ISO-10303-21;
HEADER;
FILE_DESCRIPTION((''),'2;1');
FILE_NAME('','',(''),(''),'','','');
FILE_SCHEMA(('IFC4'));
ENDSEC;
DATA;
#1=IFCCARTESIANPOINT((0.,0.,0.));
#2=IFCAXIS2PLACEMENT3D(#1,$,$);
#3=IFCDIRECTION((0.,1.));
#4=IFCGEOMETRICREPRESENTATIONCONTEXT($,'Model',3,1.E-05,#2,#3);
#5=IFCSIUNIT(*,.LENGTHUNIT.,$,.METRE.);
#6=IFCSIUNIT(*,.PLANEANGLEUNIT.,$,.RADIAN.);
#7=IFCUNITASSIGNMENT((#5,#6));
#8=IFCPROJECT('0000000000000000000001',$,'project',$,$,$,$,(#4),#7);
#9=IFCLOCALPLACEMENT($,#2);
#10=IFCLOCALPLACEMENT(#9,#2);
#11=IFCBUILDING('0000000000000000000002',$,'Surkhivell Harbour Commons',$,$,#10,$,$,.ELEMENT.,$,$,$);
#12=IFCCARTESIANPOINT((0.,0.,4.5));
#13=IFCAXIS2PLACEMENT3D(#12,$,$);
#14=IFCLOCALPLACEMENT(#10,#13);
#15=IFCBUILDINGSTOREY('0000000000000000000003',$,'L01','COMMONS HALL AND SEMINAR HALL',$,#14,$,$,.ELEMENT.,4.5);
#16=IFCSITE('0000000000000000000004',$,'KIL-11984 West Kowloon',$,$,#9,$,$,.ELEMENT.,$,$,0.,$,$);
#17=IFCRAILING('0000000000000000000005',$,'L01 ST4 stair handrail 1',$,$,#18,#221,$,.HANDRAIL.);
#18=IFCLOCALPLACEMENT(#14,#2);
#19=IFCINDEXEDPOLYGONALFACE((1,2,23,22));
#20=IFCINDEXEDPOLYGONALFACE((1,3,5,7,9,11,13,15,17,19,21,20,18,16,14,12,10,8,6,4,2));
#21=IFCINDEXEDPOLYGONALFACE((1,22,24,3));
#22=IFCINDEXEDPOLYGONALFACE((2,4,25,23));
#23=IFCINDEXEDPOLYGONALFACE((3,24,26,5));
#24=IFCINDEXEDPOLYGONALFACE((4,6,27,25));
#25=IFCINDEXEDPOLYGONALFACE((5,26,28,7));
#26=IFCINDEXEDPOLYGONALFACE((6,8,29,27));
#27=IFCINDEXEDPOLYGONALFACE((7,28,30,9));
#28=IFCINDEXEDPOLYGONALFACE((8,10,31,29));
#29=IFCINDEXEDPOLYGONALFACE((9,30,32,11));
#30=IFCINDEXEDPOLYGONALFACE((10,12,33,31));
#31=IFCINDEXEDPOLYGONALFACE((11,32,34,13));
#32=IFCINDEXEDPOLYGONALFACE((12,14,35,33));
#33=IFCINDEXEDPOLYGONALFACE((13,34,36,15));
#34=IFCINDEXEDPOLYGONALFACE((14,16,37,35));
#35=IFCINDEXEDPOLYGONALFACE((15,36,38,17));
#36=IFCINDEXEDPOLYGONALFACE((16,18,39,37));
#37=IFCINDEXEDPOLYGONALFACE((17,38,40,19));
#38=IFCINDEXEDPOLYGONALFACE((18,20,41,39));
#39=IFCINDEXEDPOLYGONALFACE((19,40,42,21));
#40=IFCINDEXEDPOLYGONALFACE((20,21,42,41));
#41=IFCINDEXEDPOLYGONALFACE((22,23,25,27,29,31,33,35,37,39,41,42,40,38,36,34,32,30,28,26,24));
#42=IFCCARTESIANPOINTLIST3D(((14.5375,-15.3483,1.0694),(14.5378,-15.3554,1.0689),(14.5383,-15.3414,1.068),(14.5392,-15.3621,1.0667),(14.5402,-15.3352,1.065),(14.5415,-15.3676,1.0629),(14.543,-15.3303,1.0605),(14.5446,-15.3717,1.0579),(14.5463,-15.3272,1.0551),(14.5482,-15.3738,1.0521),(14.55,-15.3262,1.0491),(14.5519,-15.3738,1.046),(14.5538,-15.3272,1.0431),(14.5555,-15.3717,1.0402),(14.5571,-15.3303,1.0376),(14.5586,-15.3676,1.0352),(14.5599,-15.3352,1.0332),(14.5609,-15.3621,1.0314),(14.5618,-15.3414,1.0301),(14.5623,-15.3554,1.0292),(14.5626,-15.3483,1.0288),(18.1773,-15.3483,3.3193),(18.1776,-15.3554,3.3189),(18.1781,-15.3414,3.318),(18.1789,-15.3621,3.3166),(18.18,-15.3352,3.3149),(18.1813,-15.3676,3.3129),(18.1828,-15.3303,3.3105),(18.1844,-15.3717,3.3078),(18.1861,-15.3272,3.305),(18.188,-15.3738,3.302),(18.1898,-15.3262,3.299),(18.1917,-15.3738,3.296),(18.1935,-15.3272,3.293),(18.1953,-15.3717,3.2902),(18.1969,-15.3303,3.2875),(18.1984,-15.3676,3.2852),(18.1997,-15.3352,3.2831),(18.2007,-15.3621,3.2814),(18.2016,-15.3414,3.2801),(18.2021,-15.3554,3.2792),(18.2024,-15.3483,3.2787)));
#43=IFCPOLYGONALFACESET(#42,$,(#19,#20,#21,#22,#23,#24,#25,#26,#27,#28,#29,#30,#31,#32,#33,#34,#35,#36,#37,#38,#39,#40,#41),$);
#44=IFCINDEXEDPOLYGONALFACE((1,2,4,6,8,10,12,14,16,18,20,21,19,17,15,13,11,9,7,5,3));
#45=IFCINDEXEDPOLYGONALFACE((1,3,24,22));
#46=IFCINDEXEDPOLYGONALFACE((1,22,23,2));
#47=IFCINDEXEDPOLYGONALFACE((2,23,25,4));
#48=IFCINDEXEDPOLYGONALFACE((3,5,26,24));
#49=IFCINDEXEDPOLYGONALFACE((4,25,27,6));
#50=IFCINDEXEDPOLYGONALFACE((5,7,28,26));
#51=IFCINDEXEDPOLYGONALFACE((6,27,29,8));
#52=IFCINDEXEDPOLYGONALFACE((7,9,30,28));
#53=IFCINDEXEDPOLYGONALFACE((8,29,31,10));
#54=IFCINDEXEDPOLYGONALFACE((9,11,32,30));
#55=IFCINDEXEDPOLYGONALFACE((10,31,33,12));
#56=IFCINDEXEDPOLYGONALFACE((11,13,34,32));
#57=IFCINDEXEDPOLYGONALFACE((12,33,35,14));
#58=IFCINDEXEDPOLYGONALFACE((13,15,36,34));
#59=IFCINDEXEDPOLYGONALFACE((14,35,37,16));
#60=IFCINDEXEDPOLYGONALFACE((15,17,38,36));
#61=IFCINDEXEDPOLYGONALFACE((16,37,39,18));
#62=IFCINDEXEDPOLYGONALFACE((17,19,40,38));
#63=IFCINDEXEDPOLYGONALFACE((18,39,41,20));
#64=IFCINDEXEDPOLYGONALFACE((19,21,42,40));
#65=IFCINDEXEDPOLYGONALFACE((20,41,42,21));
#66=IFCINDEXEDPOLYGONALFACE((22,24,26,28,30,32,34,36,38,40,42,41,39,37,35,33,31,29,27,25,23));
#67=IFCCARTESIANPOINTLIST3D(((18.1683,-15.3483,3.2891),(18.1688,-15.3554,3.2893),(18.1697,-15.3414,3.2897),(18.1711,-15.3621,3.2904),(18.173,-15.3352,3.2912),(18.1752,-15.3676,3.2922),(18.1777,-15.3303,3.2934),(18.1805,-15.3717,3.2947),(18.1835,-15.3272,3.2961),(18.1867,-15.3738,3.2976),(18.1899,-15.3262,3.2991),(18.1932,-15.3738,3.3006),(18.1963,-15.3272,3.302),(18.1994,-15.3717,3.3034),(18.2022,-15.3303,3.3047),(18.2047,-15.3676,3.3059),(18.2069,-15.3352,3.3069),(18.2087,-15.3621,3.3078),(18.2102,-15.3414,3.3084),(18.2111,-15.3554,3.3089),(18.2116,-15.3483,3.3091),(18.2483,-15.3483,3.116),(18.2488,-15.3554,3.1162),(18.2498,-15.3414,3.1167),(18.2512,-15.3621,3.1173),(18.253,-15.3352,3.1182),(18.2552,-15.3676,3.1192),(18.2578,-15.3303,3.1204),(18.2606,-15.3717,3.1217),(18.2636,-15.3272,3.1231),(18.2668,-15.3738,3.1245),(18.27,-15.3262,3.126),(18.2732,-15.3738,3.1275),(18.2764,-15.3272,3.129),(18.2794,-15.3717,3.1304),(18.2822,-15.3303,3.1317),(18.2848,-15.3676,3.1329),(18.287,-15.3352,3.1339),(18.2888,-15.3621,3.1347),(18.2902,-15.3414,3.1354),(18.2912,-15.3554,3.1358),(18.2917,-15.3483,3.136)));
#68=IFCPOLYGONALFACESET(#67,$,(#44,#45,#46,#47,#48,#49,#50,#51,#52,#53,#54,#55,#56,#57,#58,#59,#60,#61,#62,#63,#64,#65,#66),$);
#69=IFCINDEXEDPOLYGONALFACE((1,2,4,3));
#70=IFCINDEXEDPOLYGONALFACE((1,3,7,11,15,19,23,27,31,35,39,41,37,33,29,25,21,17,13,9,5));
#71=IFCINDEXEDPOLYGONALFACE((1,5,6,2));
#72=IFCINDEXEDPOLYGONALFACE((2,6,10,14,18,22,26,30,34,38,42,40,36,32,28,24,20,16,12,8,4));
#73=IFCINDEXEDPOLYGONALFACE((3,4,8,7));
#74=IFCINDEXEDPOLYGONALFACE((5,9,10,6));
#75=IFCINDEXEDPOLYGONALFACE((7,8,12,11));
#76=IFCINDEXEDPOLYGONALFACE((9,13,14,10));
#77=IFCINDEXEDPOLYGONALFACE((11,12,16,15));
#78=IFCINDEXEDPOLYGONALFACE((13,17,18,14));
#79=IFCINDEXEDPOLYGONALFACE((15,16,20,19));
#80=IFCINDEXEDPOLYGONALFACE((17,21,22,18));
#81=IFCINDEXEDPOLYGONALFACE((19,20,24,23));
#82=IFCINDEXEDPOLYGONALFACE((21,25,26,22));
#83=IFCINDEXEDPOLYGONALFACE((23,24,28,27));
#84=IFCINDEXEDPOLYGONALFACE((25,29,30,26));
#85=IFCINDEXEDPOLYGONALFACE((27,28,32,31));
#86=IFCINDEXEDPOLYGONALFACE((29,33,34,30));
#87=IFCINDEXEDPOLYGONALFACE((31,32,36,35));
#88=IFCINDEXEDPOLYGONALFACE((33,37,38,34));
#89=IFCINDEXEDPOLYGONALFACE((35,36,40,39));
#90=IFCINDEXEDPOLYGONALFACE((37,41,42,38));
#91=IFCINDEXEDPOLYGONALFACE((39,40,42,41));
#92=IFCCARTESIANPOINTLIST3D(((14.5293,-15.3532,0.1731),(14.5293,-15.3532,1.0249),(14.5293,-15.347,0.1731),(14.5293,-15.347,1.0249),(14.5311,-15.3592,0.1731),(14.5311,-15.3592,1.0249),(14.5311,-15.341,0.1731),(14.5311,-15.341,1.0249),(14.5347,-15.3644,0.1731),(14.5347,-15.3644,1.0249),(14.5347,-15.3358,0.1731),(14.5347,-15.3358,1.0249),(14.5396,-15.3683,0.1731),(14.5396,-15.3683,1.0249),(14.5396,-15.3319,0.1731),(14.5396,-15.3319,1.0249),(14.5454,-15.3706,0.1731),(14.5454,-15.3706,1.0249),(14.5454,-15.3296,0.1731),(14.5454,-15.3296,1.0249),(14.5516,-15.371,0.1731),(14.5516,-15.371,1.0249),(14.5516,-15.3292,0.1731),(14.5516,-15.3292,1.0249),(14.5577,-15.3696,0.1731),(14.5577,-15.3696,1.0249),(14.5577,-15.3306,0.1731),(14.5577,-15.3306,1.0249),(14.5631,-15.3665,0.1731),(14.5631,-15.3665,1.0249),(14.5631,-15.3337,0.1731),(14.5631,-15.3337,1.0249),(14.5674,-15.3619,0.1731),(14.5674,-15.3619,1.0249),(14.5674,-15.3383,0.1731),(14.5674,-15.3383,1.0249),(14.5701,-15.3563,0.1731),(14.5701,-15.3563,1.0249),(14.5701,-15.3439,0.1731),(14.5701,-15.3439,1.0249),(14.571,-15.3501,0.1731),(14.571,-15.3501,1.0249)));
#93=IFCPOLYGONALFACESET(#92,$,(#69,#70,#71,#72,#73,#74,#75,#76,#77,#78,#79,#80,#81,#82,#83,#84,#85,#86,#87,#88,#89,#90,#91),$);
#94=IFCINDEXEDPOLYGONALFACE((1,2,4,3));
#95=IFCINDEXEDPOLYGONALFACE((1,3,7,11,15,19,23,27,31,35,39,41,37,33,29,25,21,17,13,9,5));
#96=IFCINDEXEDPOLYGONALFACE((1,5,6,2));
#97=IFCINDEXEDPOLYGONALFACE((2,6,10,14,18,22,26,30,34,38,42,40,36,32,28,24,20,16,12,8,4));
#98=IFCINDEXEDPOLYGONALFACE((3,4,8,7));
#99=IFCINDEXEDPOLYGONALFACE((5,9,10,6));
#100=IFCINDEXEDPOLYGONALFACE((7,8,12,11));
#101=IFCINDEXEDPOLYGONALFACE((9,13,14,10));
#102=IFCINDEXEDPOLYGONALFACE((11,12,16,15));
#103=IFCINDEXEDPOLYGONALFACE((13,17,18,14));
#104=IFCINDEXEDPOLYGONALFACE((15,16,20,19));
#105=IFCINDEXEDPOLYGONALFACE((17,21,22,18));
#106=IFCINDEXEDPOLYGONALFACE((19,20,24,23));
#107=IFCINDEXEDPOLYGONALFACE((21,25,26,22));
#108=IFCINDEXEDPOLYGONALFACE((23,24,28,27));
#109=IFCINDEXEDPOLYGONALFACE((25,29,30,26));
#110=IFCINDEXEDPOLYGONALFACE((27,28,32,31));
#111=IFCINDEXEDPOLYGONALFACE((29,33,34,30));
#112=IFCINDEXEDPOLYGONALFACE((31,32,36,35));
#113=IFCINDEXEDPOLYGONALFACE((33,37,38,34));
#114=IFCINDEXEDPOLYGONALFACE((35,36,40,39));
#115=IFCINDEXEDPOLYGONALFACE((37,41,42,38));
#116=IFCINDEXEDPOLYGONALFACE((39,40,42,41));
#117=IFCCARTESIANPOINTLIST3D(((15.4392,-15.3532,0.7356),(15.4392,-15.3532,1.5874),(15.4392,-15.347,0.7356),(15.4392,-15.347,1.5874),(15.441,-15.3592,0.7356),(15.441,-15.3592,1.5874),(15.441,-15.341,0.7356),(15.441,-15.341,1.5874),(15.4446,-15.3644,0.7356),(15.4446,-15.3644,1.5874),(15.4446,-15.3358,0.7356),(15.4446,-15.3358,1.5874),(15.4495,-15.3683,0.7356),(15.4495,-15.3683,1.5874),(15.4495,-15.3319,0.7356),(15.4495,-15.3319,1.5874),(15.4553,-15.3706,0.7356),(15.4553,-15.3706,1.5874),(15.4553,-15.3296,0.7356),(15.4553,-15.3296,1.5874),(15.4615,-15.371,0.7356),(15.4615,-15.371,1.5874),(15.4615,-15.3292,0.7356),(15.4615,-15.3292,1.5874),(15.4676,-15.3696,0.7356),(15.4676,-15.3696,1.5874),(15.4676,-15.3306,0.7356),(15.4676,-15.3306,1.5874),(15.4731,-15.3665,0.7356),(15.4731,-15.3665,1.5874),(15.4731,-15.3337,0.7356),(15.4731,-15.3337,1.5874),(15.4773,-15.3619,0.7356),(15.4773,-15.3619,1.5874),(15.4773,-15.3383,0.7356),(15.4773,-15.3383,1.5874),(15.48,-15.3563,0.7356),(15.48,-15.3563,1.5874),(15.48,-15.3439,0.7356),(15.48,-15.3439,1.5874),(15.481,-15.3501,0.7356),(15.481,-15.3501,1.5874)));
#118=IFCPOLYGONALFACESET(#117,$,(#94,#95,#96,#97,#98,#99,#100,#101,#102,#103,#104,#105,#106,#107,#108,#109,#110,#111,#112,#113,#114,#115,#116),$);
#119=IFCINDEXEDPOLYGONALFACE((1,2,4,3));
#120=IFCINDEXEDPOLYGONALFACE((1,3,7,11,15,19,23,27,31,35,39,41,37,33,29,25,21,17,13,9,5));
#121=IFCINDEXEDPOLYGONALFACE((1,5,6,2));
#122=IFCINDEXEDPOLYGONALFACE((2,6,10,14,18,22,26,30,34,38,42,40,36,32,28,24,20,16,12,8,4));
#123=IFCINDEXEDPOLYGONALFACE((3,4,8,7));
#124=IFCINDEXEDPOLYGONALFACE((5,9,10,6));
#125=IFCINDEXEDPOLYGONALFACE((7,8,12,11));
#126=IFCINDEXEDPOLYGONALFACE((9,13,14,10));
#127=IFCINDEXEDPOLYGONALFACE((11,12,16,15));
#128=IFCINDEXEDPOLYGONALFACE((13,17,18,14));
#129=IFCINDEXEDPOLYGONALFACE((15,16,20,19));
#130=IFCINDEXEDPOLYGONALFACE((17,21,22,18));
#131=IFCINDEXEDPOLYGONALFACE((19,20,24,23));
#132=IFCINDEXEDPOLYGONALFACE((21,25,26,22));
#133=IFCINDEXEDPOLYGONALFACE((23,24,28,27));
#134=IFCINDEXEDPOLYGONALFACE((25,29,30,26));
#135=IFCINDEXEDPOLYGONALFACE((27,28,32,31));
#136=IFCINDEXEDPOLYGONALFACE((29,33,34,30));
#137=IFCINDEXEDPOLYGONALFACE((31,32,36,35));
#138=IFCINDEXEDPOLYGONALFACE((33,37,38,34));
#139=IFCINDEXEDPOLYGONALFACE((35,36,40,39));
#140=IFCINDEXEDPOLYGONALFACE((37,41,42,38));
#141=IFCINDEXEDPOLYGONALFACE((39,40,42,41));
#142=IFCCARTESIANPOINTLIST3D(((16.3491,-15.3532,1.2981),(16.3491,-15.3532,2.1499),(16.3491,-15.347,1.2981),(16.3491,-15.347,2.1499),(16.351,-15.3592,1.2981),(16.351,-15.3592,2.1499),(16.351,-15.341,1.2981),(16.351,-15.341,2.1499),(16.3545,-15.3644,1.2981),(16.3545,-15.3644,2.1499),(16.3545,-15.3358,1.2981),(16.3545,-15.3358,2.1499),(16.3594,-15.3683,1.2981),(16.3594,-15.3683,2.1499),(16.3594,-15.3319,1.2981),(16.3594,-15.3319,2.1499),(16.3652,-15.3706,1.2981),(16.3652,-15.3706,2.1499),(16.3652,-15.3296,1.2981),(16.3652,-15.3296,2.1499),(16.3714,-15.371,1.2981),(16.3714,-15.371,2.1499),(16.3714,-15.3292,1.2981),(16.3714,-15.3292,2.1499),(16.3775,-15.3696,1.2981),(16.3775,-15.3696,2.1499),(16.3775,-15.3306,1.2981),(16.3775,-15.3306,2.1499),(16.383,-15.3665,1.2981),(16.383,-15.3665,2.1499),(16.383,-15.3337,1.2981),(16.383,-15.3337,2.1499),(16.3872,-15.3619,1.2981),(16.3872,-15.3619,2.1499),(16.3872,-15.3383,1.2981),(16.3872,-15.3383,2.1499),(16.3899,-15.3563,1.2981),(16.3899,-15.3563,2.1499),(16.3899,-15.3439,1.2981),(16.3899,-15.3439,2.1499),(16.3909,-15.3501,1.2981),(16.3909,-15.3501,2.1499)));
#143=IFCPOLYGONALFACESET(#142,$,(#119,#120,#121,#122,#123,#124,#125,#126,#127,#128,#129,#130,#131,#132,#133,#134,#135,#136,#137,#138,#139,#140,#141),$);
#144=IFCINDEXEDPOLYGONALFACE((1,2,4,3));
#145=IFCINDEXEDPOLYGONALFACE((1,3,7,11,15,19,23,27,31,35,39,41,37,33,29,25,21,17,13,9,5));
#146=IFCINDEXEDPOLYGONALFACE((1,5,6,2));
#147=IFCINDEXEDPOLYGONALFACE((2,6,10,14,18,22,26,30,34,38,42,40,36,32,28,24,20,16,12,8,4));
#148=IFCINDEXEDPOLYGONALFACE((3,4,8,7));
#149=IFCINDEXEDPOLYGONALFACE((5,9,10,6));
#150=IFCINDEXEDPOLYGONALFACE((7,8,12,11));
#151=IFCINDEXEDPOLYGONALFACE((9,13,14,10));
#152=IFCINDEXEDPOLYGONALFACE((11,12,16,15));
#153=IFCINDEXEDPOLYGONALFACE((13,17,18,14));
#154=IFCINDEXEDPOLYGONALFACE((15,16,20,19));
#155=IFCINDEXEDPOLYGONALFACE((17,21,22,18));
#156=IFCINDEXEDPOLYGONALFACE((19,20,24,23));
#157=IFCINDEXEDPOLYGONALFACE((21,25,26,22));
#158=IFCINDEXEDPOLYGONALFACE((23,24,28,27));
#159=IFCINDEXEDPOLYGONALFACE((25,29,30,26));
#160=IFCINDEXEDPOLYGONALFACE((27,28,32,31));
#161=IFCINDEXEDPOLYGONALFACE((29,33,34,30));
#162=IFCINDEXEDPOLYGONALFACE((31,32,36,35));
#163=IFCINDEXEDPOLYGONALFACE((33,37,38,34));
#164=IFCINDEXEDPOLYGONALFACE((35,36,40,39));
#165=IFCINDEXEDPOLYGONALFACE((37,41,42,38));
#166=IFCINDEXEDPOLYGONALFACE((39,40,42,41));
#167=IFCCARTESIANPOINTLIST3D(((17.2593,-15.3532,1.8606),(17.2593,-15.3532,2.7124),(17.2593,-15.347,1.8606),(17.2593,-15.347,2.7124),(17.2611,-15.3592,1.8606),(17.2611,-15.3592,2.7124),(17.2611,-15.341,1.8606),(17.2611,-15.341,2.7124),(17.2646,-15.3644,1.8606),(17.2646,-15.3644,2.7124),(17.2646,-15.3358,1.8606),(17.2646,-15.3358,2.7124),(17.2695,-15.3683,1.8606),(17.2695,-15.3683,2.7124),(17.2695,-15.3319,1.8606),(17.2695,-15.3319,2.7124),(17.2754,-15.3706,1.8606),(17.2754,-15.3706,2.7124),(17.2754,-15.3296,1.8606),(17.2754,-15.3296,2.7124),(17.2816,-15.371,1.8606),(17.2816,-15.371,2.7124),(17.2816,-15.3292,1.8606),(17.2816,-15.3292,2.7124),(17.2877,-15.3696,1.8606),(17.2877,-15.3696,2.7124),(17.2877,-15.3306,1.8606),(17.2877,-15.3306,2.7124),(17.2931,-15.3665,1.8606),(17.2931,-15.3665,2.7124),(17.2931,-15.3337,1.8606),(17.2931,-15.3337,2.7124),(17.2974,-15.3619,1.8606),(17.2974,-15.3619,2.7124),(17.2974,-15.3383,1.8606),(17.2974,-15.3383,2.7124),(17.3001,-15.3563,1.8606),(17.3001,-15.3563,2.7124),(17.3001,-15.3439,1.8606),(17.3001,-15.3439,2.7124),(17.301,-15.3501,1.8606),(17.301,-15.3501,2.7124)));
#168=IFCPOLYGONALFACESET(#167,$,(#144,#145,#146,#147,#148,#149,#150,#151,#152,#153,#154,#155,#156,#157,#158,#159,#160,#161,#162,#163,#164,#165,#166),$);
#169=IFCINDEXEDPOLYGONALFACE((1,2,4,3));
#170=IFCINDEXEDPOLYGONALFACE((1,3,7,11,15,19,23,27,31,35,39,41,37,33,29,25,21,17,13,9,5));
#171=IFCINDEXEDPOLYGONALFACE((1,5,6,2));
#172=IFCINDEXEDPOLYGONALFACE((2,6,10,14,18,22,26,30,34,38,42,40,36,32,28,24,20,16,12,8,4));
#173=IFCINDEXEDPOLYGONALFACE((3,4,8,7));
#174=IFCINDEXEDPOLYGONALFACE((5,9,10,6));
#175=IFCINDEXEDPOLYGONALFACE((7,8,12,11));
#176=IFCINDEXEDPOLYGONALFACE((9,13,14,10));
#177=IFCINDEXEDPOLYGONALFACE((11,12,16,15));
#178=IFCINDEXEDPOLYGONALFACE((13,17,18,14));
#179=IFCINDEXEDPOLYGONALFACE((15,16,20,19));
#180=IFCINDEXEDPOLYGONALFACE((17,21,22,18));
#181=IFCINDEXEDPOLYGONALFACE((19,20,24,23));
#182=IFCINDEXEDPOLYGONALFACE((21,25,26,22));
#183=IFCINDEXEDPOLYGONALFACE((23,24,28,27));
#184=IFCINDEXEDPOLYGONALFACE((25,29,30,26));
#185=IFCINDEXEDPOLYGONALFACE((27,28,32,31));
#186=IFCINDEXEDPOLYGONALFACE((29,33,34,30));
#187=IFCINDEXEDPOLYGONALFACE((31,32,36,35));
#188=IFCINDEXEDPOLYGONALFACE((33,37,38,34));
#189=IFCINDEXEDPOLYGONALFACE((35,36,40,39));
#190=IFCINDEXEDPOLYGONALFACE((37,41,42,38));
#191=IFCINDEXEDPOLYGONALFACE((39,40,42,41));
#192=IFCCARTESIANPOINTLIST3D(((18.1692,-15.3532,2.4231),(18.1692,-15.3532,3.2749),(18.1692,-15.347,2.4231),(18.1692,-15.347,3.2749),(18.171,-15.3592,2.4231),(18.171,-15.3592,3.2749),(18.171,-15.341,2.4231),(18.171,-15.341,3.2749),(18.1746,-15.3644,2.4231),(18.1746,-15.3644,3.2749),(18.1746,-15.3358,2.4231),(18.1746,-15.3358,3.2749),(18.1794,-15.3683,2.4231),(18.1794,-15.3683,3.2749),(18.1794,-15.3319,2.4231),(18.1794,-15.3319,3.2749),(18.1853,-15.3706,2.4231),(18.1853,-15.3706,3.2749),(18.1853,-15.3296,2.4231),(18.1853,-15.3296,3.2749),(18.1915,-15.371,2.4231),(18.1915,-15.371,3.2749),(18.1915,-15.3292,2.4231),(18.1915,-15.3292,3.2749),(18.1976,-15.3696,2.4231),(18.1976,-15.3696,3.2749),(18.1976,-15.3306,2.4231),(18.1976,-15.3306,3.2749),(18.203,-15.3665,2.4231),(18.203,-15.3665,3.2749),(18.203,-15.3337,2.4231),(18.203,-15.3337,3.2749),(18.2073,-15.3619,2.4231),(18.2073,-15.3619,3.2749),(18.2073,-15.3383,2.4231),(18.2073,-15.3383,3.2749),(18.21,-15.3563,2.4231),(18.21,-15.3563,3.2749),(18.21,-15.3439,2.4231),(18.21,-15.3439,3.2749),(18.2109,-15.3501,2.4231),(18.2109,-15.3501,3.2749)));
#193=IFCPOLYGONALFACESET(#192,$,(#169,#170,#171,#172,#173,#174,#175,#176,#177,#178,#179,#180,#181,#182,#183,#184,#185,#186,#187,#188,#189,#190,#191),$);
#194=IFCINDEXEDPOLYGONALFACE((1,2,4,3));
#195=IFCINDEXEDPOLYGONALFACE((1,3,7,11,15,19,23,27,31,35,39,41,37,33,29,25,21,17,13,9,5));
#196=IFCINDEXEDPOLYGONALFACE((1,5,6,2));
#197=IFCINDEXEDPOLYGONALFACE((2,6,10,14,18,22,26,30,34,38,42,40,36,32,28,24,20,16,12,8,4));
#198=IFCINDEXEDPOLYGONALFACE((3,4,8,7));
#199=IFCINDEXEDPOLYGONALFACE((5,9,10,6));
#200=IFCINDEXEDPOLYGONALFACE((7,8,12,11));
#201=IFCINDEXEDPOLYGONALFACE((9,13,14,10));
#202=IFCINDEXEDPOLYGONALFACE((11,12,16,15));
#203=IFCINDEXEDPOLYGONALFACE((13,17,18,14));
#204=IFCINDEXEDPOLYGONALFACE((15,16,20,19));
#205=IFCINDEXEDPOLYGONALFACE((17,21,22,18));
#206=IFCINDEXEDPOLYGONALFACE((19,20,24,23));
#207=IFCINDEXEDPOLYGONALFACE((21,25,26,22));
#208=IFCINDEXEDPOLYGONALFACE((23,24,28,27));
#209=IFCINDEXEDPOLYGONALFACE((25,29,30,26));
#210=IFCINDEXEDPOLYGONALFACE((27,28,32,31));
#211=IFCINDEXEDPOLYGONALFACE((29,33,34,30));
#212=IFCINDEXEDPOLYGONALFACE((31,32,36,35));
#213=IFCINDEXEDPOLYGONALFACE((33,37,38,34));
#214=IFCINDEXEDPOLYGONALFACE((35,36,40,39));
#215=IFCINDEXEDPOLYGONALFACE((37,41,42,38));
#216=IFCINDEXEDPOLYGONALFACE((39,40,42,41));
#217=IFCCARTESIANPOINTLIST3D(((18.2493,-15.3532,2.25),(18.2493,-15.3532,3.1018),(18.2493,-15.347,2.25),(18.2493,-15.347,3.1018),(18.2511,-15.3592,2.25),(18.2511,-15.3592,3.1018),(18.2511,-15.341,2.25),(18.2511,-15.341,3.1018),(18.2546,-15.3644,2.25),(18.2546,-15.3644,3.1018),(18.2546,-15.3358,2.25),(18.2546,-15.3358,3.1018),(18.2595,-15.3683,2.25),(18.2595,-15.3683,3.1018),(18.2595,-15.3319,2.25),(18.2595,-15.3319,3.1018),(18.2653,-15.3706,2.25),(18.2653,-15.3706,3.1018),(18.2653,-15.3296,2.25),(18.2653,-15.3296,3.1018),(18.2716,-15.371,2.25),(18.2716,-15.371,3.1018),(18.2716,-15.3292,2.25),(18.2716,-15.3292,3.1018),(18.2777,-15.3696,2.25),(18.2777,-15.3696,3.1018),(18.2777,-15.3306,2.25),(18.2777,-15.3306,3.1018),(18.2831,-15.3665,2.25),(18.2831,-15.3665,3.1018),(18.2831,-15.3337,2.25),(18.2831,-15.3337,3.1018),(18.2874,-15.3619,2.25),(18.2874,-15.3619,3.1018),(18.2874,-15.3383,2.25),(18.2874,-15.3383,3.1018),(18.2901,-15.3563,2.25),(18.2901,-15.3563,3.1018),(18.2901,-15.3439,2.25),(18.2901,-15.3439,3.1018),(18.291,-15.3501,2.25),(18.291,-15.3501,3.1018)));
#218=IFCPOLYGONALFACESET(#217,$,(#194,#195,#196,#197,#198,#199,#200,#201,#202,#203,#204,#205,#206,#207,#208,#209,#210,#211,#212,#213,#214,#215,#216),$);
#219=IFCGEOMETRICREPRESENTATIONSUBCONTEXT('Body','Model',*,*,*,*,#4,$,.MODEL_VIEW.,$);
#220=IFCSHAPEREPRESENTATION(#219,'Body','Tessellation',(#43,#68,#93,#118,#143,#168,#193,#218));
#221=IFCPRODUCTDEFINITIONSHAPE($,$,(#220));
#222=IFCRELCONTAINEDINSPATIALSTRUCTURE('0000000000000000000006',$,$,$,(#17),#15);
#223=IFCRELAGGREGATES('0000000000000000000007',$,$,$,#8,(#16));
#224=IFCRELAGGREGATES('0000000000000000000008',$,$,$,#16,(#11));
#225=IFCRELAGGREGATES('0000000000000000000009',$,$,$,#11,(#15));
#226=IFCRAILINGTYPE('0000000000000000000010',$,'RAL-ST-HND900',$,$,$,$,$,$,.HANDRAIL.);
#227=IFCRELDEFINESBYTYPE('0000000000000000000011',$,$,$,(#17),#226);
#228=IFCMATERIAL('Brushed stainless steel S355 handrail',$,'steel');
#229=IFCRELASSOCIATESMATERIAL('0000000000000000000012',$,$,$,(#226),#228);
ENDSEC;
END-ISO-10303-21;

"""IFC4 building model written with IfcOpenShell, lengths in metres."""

from ifc_helpers import new_model, si_unit, direction, frame, origin, origin_2d, place, context, subcontext, project, spatial, circle, extrude, material, type_object, element, save


model = new_model("IFC4")

# Units and contexts
model_context = context("Model", 3, precision=1e-05, world=origin(), true_north=direction((0.0, 1.0)))
body_context = subcontext(model_context, "Body", "Model", "MODEL_VIEW")
ifc_project = project(units=[si_unit("LENGTHUNIT", "METRE"), si_unit("PLANEANGLEUNIT", "RADIAN")], contexts=[model_context])

# Site, building, storey
site_placement = place(None, origin())
site = spatial("IfcSite", under=ifc_project, at=site_placement, Name="KIL-11984 West Kowloon", CompositionType="ELEMENT", RefElevation=0.0)
building_placement = place(site_placement, origin())
building = spatial("IfcBuilding", under=site, at=building_placement, Name="Surkhivell Harbour Commons", CompositionType="ELEMENT")
storey_placement = place(building_placement, frame((0.0, 0.0, 4.5)))
storey = spatial("IfcBuildingStorey", under=building, at=storey_placement, Name="L01", Description="COMMONS HALL AND SEMINAR HALL", CompositionType="ELEMENT", Elevation=4.5)

# Railing
ifc_material_1 = material(Name="Brushed stainless steel S355 handrail", Category="steel")
railing_type_1 = type_object("IfcRailingType", Name="RAL-ST-HND900", PredefinedType="HANDRAIL", material=ifc_material_1)
railing_1_placement = place(storey_placement, frame((14.55, -15.3501, 0.1731)))
element("IfcRailing", 1, at=railing_1_placement, inside=storey, type_object=railing_type_1, Name="L01 ST4 stair handrail 1", PredefinedType="HANDRAIL", context=body_context, shape_type="SweptSolid", body=[
    extrude(circle(Radius=0.0239, at=origin_2d()), frame((0.0, 0.0, 0.876), z_axis=(0.850607, 0.0, 0.525803), x_axis=(0.0, 1.0, 0.0)), (0.0, 0.0, 1.0), 4.2791),
    extrude(circle(Radius=0.0239, at=origin_2d()), frame((3.6399, 0.0, 3.126), z_axis=(0.41987, 0.0, -0.907584), x_axis=(0.0, 1.0, 0.0)), (0.0, 0.0, 1.0), 0.1907),
    extrude(circle(Radius=0.021, at=origin_2d()), origin(), (0.0, 0.0, 1.0), 0.8518),
    extrude(circle(Radius=0.021, at=origin_2d()), frame((0.9099, 0.0, 0.5625)), (0.0, 0.0, 1.0), 0.8518),
    extrude(circle(Radius=0.021, at=origin_2d()), frame((1.8198, 0.0, 1.125)), (0.0, 0.0, 1.0), 0.8518),
    extrude(circle(Radius=0.021, at=origin_2d()), frame((2.73, 0.0, 1.6875)), (0.0, 0.0, 1.0), 0.8518),
    extrude(circle(Radius=0.021, at=origin_2d()), frame((3.6399, 0.0, 2.25)), (0.0, 0.0, 1.0), 0.8518),
    extrude(circle(Radius=0.021, at=origin_2d()), frame((3.72, 0.0, 2.0769)), (0.0, 0.0, 1.0), 0.8518),
])

save(model, "model.ifc")
